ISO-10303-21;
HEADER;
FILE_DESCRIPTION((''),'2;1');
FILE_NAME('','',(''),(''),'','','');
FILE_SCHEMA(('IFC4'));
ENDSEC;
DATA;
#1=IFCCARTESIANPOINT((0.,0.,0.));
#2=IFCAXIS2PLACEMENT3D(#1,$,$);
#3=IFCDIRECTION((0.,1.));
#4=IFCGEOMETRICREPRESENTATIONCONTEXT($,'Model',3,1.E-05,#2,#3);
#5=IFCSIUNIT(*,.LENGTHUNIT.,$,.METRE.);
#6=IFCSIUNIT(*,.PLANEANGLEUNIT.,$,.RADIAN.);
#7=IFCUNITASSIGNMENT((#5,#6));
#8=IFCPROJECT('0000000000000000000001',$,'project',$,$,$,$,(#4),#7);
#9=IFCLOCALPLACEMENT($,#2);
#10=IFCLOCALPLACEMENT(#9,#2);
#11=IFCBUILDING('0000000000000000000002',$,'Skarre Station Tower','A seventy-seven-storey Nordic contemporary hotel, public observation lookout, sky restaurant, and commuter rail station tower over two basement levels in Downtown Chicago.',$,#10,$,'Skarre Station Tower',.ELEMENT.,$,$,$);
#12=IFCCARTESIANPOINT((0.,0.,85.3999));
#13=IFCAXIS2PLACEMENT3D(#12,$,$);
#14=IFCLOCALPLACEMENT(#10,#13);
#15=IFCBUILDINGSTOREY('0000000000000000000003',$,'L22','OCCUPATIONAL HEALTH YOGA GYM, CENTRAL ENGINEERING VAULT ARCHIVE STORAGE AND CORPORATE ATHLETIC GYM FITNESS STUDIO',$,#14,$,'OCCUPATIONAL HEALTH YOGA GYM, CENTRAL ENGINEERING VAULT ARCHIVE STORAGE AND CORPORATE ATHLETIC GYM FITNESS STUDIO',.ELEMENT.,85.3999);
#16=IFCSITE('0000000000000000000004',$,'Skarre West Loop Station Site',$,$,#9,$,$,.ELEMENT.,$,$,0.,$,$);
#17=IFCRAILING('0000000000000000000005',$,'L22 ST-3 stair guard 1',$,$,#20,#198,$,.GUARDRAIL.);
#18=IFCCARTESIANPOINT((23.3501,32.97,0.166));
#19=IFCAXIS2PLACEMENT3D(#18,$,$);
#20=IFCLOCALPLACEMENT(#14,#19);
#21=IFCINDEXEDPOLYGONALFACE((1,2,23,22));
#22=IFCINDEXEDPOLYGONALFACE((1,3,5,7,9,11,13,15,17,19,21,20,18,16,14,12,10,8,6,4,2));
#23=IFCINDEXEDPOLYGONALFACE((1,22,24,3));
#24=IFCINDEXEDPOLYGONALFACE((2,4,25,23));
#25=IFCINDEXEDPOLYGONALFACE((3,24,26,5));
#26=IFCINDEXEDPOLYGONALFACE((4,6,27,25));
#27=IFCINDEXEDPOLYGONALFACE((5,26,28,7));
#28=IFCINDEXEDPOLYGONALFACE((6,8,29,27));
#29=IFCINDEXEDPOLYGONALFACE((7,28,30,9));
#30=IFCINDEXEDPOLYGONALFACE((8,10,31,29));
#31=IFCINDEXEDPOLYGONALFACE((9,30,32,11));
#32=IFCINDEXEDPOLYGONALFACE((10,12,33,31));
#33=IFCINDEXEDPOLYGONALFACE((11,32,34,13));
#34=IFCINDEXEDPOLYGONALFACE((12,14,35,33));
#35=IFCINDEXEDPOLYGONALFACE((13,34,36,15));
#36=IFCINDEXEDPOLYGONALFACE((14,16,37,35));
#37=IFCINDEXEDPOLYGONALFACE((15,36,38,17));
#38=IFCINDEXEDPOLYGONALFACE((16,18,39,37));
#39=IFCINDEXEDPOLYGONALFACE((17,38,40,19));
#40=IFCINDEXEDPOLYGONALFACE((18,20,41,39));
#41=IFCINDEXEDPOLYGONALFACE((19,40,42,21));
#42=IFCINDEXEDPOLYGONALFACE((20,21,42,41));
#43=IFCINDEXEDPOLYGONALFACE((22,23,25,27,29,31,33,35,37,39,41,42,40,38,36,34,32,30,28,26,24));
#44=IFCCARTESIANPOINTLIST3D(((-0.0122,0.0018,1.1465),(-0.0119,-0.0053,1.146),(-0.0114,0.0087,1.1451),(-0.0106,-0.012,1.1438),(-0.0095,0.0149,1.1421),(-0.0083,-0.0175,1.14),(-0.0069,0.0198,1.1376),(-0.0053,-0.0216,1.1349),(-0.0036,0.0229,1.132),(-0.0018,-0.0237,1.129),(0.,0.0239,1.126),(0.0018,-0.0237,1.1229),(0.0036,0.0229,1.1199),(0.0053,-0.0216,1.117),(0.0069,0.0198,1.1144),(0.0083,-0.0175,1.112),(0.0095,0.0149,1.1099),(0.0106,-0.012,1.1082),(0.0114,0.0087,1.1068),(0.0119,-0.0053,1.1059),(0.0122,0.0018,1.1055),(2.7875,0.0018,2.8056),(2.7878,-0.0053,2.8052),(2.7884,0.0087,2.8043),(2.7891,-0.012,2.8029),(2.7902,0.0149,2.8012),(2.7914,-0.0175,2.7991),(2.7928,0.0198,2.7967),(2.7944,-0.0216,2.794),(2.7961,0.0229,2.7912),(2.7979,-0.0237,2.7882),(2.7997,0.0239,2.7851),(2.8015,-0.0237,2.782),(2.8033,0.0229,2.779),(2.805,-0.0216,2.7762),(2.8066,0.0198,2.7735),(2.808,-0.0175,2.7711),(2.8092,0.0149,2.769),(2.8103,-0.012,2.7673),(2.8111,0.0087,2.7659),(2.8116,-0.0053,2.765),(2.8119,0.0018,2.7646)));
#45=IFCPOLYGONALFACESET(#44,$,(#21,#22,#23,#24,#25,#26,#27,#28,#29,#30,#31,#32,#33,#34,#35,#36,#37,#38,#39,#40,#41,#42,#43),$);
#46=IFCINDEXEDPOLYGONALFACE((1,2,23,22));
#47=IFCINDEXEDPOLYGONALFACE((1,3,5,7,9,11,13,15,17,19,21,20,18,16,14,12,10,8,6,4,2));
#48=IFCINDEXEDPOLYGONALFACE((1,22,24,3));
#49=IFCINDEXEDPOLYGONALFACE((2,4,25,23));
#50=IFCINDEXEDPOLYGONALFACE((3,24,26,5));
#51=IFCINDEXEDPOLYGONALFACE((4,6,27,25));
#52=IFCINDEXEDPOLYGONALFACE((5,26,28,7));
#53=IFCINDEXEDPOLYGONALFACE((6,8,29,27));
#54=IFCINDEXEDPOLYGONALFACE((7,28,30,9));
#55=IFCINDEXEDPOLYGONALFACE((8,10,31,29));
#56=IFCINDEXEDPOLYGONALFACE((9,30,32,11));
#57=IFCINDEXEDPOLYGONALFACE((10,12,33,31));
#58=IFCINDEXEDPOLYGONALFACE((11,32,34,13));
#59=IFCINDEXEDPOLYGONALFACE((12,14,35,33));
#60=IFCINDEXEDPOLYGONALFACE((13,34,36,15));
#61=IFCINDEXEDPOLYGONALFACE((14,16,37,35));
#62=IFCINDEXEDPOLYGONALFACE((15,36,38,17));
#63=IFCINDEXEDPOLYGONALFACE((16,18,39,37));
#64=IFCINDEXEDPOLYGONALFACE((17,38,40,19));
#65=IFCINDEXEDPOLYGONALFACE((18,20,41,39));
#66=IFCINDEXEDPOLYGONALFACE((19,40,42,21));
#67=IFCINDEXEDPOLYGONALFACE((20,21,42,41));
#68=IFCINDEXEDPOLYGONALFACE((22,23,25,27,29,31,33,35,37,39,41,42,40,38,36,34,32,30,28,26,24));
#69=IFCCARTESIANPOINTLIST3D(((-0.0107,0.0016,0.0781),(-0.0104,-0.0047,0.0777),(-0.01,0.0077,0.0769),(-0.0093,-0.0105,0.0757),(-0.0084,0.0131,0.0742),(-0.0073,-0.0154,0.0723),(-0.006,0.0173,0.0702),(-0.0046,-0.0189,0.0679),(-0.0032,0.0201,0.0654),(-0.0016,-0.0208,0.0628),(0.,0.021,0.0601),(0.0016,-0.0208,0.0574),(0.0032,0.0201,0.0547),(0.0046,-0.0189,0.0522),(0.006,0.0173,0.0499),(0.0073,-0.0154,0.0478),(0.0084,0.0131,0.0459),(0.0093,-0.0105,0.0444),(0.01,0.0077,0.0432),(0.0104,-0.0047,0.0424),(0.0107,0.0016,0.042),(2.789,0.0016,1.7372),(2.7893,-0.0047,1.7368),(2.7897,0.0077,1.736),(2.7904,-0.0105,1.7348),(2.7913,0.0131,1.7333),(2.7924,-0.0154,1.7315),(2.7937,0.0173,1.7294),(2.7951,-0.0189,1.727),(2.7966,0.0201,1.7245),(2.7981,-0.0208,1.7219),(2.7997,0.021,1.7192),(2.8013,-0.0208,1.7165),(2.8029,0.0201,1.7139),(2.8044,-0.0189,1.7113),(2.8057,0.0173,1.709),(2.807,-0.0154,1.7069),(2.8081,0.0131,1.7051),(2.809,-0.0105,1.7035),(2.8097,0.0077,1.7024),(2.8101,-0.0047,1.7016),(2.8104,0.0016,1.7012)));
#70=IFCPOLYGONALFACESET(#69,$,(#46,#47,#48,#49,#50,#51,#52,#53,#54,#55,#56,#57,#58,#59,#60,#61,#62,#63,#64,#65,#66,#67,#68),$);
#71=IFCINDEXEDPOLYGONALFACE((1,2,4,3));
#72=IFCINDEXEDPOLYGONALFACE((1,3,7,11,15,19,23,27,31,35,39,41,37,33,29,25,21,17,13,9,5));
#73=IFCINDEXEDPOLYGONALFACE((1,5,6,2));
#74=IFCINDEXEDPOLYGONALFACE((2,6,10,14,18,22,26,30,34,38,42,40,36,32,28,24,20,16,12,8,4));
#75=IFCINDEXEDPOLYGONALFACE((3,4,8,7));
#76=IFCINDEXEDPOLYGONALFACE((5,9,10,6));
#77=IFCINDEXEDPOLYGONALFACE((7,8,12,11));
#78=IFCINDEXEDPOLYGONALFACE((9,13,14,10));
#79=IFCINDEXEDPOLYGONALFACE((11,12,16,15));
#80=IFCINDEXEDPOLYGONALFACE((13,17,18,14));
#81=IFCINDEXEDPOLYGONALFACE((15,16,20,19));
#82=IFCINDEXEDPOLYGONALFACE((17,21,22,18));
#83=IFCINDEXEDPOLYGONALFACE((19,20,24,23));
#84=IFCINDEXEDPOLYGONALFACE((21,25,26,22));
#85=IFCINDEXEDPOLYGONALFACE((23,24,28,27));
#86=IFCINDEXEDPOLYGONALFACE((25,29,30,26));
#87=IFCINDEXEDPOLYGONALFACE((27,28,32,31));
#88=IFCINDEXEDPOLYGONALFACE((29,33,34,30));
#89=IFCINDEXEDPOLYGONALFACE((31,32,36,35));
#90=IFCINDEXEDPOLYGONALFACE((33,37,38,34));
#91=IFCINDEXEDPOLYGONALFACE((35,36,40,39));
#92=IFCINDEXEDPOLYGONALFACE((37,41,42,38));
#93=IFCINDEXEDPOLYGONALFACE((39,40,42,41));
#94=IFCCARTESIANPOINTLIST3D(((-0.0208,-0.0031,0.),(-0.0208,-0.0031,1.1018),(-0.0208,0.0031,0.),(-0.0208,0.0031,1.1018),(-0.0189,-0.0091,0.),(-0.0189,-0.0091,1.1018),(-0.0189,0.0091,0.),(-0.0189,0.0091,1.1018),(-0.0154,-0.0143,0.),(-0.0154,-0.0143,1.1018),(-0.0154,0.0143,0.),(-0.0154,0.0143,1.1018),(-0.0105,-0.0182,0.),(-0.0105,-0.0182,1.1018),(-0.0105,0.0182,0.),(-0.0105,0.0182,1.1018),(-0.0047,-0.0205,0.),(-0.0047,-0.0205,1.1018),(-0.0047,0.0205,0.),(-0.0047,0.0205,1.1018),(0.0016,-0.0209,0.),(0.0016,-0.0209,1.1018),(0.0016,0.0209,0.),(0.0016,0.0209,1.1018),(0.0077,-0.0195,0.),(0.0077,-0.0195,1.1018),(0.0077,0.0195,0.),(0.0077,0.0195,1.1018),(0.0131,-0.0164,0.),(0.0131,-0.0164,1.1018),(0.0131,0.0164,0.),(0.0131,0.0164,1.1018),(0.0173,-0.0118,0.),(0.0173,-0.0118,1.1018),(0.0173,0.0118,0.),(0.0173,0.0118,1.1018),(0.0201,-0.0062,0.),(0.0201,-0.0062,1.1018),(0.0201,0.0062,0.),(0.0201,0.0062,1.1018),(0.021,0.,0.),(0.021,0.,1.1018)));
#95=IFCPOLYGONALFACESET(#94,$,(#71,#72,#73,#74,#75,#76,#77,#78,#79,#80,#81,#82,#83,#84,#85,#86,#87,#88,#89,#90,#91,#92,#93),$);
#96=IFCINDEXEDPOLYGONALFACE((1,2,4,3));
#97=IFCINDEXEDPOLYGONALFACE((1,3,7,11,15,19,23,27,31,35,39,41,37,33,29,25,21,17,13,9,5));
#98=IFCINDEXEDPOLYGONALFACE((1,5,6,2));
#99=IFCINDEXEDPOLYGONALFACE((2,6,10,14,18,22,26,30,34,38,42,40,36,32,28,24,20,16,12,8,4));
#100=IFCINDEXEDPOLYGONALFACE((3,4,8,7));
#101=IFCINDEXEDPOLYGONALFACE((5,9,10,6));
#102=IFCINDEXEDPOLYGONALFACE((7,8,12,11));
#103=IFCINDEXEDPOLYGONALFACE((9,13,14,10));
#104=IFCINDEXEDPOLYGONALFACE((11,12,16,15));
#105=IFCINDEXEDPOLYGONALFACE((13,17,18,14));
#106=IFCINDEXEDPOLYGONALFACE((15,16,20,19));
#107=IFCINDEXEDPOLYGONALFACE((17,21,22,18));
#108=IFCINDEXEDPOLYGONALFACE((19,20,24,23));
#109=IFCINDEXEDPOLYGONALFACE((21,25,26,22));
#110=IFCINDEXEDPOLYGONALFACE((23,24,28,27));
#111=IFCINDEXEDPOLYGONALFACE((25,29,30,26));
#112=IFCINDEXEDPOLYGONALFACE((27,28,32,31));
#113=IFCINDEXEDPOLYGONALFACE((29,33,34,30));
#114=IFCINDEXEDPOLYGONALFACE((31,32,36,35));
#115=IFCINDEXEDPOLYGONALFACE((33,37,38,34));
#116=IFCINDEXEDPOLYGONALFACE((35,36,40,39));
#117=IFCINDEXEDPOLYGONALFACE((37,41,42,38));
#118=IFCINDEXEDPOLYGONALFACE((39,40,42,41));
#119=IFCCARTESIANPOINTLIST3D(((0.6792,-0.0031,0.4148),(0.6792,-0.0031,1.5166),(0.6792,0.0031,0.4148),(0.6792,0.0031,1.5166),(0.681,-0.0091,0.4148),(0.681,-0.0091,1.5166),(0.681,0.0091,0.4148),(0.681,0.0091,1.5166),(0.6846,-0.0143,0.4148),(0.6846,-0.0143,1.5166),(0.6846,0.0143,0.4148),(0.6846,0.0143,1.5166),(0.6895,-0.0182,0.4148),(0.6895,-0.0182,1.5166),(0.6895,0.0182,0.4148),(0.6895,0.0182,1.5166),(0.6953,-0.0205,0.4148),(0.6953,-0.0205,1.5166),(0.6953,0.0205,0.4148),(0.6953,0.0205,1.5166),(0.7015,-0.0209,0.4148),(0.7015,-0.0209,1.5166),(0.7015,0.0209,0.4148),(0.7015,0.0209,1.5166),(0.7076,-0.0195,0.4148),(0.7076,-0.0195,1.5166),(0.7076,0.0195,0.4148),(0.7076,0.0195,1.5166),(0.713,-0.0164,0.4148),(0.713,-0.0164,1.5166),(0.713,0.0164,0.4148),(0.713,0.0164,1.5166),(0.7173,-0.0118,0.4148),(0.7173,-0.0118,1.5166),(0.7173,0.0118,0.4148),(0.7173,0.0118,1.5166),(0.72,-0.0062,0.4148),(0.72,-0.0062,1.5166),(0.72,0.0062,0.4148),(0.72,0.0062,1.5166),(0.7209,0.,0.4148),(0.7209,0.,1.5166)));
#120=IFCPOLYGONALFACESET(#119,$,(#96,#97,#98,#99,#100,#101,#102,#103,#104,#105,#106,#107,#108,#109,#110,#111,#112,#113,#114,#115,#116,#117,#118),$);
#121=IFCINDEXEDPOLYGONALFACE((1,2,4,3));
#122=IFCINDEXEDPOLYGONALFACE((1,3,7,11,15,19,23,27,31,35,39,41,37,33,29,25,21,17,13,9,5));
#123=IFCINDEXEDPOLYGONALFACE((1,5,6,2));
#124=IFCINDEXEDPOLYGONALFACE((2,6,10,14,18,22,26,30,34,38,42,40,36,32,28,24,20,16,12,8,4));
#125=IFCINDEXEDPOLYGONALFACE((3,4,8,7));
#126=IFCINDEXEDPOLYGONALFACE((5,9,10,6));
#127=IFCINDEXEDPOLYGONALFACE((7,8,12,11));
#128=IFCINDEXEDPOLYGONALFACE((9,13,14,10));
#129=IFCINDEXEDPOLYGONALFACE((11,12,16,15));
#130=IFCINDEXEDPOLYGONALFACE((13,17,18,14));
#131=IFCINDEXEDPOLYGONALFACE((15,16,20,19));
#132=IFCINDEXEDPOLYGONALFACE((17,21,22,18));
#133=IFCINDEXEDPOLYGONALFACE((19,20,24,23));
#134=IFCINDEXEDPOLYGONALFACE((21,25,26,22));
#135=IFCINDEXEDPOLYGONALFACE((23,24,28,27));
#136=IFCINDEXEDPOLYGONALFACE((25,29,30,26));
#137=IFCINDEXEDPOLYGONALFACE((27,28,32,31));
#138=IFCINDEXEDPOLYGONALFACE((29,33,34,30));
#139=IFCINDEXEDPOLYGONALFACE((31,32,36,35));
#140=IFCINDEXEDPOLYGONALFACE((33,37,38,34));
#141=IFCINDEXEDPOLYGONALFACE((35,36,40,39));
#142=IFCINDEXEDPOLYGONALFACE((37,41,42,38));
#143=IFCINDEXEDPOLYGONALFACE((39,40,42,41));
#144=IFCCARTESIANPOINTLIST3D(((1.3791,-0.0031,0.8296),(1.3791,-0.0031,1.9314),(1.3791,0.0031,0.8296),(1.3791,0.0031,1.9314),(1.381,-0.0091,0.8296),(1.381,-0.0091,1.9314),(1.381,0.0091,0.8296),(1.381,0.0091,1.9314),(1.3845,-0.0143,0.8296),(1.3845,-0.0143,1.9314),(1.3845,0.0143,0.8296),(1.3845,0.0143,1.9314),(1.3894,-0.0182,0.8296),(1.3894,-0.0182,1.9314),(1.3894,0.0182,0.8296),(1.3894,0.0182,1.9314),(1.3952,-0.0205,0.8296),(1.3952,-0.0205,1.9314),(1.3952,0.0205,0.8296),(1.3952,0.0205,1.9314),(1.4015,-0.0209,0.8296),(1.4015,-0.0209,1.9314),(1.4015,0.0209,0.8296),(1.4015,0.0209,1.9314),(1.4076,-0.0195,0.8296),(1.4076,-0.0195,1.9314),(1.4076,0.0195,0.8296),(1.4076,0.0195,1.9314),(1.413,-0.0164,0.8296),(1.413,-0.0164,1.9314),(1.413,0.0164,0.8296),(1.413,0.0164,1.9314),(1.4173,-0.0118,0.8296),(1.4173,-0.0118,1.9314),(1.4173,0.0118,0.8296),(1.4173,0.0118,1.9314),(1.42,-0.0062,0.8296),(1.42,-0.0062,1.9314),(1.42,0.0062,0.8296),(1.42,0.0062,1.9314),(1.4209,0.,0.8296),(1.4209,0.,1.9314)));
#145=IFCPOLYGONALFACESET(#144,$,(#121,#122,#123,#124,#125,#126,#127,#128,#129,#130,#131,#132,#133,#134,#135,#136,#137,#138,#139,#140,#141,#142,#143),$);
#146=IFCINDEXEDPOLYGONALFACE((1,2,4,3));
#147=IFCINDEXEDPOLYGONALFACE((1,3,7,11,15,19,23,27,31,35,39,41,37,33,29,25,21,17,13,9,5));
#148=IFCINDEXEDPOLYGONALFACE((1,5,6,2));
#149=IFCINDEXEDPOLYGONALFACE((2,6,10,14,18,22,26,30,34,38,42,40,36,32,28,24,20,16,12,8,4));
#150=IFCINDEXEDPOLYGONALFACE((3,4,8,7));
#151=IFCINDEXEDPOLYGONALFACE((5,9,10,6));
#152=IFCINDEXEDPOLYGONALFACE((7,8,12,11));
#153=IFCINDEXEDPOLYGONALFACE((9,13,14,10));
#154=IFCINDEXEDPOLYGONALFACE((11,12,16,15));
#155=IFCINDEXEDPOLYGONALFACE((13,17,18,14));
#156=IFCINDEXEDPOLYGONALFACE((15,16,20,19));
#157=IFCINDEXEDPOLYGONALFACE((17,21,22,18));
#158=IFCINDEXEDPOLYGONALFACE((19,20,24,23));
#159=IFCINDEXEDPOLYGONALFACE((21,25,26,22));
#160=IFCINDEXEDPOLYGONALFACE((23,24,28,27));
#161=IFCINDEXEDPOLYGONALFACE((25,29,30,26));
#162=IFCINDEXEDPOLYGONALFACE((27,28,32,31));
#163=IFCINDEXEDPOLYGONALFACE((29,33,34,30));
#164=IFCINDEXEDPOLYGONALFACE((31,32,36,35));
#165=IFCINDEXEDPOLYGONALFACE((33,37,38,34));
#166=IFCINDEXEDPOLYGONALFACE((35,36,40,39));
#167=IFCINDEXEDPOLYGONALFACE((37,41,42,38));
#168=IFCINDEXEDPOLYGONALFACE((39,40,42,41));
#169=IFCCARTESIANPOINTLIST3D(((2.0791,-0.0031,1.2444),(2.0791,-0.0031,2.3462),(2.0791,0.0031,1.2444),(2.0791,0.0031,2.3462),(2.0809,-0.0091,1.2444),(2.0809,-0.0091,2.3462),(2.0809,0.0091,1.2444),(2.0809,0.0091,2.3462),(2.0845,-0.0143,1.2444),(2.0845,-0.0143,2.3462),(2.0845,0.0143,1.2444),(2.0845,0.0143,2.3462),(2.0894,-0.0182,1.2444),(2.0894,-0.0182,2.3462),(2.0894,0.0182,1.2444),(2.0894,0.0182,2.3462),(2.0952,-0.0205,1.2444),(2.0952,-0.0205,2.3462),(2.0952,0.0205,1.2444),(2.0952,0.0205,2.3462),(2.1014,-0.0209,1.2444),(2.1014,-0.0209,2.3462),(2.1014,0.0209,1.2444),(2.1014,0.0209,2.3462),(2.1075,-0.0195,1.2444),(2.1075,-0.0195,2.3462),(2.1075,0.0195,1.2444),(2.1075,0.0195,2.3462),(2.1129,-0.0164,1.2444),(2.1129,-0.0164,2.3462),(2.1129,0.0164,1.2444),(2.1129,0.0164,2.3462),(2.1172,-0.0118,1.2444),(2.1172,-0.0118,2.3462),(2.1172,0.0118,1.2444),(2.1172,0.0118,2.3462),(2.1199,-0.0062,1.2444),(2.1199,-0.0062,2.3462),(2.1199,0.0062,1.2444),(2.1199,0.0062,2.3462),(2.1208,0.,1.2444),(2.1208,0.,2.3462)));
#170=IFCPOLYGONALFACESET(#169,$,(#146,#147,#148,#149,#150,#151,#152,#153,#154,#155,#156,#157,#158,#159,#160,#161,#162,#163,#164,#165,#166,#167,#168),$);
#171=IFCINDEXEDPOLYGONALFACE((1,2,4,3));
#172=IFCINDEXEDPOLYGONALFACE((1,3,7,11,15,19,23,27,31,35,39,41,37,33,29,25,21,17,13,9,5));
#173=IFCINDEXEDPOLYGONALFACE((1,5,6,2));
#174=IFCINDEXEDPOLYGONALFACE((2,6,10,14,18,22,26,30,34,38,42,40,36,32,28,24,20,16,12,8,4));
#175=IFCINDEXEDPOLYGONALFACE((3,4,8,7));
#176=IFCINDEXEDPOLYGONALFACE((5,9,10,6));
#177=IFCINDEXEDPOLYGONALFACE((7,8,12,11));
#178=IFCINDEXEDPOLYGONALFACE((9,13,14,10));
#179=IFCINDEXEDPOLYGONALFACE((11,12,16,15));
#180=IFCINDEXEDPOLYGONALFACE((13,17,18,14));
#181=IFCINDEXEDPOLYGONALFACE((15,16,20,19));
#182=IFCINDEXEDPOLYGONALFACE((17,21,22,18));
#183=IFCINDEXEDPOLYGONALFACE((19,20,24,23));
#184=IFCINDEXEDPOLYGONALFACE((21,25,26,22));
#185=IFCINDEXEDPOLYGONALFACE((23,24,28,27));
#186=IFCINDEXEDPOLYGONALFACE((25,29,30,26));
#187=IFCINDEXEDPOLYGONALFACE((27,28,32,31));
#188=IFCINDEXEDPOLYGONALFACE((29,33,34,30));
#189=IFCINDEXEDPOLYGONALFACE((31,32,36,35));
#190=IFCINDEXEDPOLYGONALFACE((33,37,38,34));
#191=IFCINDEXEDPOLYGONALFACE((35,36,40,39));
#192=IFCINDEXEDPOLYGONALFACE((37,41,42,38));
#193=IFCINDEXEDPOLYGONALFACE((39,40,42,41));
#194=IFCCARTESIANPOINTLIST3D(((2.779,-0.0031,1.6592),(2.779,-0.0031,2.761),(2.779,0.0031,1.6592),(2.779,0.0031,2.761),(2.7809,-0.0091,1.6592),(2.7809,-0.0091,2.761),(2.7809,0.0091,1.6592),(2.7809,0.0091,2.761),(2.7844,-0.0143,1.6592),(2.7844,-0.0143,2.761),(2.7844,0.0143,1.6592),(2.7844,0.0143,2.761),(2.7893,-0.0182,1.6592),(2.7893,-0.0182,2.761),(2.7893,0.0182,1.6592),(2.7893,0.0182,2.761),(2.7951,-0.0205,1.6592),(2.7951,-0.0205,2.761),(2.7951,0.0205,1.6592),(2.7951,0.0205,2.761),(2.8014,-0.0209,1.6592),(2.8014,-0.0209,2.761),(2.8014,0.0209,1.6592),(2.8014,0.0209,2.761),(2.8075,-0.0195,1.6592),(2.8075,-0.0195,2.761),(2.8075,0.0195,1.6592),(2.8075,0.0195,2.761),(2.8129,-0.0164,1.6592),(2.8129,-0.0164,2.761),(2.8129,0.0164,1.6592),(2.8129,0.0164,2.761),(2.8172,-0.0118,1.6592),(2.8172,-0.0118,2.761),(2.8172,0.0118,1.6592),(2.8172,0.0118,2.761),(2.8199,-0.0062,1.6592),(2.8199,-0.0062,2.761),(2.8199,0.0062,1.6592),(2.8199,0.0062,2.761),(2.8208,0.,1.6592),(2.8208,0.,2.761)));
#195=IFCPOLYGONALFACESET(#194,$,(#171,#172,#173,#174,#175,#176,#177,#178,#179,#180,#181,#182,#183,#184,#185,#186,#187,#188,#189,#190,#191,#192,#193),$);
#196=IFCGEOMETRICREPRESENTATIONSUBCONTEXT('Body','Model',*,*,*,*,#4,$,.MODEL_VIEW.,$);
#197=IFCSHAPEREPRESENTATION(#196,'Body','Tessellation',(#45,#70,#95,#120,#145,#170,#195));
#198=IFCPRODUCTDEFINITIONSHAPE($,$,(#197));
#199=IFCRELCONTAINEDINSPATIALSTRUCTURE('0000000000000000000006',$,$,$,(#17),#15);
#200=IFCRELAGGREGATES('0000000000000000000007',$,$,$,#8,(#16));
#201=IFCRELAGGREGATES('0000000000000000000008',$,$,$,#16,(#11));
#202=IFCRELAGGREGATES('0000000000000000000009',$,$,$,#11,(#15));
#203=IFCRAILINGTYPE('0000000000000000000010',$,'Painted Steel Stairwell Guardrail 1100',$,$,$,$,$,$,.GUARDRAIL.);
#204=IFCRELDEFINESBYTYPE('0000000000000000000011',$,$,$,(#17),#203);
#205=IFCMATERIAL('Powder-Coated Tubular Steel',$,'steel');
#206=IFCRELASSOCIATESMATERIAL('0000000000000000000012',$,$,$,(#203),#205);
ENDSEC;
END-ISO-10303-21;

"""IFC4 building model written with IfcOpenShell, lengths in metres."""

from ifc_helpers import new_model, si_unit, direction, frame, origin, origin_2d, place, context, subcontext, project, spatial, circle, extrude, material, type_object, element, save


model = new_model("IFC4")

# Units and contexts
model_context = context("Model", 3, precision=1e-05, world=origin(), true_north=direction((0.0, 1.0)))
body_context = subcontext(model_context, "Body", "Model", "MODEL_VIEW")
ifc_project = project(units=[si_unit("LENGTHUNIT", "METRE"), si_unit("PLANEANGLEUNIT", "RADIAN")], contexts=[model_context])

# Site, building, storey
site_placement = place(None, origin())
site = spatial("IfcSite", under=ifc_project, at=site_placement, Name="Skarre West Loop Station Site", CompositionType="ELEMENT", RefElevation=0.0)
building_placement = place(site_placement, origin())
building = spatial("IfcBuilding", under=site, at=building_placement, Name="Skarre Station Tower", Description="A seventy-seven-storey Nordic contemporary hotel, public observation lookout, sky restaurant, and commuter rail station tower over two basement levels in Downtown Chicago.", LongName="Skarre Station Tower", CompositionType="ELEMENT")
storey_placement = place(building_placement, frame((0.0, 0.0, 85.3999)))
storey = spatial("IfcBuildingStorey", under=building, at=storey_placement, Name="L22", Description="OCCUPATIONAL HEALTH YOGA GYM, CENTRAL ENGINEERING VAULT ARCHIVE STORAGE AND CORPORATE ATHLETIC GYM FITNESS STUDIO", LongName="OCCUPATIONAL HEALTH YOGA GYM, CENTRAL ENGINEERING VAULT ARCHIVE STORAGE AND CORPORATE ATHLETIC GYM FITNESS STUDIO", CompositionType="ELEMENT", Elevation=85.3999)

# Railing
ifc_material_1 = material(Name="Powder-Coated Tubular Steel", Category="steel")
railing_type_1 = type_object("IfcRailingType", Name="Painted Steel Stairwell Guardrail 1100", PredefinedType="GUARDRAIL", material=ifc_material_1)
railing_1_placement = place(storey_placement, frame((23.3501, 32.97, 0.166)))
element("IfcRailing", 1, at=railing_1_placement, inside=storey, type_object=railing_type_1, Name="L22 ST-3 stair guard 1", PredefinedType="GUARDRAIL", context=body_context, shape_type="SweptSolid", body=[
    extrude(circle(Radius=0.0239, at=origin_2d()), frame((0.0, 0.0, 1.126), z_axis=(0.860287, 0.0, 0.509811), x_axis=(0.0, 1.0, 0.0)), (0.0, 0.0, 1.0), 3.2544),
    extrude(circle(Radius=0.021, at=origin_2d()), frame((0.0, 0.0, 0.0601), z_axis=(0.860287, 0.0, 0.509811), x_axis=(0.0, 1.0, 0.0)), (0.0, 0.0, 1.0), 3.2544),
    extrude(circle(Radius=0.021, at=origin_2d()), origin(), (0.0, 0.0, 1.0), 1.1018),
    extrude(circle(Radius=0.021, at=origin_2d()), frame((0.7, 0.0, 0.4148)), (0.0, 0.0, 1.0), 1.1018),
    extrude(circle(Radius=0.021, at=origin_2d()), frame((1.3999, 0.0, 0.8296)), (0.0, 0.0, 1.0), 1.1018),
    extrude(circle(Radius=0.021, at=origin_2d()), frame((2.0999, 0.0, 1.2444)), (0.0, 0.0, 1.0), 1.1018),
    extrude(circle(Radius=0.021, at=origin_2d()), frame((2.7998, 0.0, 1.6592)), (0.0, 0.0, 1.0), 1.1018),
])

save(model, "model.ifc")
